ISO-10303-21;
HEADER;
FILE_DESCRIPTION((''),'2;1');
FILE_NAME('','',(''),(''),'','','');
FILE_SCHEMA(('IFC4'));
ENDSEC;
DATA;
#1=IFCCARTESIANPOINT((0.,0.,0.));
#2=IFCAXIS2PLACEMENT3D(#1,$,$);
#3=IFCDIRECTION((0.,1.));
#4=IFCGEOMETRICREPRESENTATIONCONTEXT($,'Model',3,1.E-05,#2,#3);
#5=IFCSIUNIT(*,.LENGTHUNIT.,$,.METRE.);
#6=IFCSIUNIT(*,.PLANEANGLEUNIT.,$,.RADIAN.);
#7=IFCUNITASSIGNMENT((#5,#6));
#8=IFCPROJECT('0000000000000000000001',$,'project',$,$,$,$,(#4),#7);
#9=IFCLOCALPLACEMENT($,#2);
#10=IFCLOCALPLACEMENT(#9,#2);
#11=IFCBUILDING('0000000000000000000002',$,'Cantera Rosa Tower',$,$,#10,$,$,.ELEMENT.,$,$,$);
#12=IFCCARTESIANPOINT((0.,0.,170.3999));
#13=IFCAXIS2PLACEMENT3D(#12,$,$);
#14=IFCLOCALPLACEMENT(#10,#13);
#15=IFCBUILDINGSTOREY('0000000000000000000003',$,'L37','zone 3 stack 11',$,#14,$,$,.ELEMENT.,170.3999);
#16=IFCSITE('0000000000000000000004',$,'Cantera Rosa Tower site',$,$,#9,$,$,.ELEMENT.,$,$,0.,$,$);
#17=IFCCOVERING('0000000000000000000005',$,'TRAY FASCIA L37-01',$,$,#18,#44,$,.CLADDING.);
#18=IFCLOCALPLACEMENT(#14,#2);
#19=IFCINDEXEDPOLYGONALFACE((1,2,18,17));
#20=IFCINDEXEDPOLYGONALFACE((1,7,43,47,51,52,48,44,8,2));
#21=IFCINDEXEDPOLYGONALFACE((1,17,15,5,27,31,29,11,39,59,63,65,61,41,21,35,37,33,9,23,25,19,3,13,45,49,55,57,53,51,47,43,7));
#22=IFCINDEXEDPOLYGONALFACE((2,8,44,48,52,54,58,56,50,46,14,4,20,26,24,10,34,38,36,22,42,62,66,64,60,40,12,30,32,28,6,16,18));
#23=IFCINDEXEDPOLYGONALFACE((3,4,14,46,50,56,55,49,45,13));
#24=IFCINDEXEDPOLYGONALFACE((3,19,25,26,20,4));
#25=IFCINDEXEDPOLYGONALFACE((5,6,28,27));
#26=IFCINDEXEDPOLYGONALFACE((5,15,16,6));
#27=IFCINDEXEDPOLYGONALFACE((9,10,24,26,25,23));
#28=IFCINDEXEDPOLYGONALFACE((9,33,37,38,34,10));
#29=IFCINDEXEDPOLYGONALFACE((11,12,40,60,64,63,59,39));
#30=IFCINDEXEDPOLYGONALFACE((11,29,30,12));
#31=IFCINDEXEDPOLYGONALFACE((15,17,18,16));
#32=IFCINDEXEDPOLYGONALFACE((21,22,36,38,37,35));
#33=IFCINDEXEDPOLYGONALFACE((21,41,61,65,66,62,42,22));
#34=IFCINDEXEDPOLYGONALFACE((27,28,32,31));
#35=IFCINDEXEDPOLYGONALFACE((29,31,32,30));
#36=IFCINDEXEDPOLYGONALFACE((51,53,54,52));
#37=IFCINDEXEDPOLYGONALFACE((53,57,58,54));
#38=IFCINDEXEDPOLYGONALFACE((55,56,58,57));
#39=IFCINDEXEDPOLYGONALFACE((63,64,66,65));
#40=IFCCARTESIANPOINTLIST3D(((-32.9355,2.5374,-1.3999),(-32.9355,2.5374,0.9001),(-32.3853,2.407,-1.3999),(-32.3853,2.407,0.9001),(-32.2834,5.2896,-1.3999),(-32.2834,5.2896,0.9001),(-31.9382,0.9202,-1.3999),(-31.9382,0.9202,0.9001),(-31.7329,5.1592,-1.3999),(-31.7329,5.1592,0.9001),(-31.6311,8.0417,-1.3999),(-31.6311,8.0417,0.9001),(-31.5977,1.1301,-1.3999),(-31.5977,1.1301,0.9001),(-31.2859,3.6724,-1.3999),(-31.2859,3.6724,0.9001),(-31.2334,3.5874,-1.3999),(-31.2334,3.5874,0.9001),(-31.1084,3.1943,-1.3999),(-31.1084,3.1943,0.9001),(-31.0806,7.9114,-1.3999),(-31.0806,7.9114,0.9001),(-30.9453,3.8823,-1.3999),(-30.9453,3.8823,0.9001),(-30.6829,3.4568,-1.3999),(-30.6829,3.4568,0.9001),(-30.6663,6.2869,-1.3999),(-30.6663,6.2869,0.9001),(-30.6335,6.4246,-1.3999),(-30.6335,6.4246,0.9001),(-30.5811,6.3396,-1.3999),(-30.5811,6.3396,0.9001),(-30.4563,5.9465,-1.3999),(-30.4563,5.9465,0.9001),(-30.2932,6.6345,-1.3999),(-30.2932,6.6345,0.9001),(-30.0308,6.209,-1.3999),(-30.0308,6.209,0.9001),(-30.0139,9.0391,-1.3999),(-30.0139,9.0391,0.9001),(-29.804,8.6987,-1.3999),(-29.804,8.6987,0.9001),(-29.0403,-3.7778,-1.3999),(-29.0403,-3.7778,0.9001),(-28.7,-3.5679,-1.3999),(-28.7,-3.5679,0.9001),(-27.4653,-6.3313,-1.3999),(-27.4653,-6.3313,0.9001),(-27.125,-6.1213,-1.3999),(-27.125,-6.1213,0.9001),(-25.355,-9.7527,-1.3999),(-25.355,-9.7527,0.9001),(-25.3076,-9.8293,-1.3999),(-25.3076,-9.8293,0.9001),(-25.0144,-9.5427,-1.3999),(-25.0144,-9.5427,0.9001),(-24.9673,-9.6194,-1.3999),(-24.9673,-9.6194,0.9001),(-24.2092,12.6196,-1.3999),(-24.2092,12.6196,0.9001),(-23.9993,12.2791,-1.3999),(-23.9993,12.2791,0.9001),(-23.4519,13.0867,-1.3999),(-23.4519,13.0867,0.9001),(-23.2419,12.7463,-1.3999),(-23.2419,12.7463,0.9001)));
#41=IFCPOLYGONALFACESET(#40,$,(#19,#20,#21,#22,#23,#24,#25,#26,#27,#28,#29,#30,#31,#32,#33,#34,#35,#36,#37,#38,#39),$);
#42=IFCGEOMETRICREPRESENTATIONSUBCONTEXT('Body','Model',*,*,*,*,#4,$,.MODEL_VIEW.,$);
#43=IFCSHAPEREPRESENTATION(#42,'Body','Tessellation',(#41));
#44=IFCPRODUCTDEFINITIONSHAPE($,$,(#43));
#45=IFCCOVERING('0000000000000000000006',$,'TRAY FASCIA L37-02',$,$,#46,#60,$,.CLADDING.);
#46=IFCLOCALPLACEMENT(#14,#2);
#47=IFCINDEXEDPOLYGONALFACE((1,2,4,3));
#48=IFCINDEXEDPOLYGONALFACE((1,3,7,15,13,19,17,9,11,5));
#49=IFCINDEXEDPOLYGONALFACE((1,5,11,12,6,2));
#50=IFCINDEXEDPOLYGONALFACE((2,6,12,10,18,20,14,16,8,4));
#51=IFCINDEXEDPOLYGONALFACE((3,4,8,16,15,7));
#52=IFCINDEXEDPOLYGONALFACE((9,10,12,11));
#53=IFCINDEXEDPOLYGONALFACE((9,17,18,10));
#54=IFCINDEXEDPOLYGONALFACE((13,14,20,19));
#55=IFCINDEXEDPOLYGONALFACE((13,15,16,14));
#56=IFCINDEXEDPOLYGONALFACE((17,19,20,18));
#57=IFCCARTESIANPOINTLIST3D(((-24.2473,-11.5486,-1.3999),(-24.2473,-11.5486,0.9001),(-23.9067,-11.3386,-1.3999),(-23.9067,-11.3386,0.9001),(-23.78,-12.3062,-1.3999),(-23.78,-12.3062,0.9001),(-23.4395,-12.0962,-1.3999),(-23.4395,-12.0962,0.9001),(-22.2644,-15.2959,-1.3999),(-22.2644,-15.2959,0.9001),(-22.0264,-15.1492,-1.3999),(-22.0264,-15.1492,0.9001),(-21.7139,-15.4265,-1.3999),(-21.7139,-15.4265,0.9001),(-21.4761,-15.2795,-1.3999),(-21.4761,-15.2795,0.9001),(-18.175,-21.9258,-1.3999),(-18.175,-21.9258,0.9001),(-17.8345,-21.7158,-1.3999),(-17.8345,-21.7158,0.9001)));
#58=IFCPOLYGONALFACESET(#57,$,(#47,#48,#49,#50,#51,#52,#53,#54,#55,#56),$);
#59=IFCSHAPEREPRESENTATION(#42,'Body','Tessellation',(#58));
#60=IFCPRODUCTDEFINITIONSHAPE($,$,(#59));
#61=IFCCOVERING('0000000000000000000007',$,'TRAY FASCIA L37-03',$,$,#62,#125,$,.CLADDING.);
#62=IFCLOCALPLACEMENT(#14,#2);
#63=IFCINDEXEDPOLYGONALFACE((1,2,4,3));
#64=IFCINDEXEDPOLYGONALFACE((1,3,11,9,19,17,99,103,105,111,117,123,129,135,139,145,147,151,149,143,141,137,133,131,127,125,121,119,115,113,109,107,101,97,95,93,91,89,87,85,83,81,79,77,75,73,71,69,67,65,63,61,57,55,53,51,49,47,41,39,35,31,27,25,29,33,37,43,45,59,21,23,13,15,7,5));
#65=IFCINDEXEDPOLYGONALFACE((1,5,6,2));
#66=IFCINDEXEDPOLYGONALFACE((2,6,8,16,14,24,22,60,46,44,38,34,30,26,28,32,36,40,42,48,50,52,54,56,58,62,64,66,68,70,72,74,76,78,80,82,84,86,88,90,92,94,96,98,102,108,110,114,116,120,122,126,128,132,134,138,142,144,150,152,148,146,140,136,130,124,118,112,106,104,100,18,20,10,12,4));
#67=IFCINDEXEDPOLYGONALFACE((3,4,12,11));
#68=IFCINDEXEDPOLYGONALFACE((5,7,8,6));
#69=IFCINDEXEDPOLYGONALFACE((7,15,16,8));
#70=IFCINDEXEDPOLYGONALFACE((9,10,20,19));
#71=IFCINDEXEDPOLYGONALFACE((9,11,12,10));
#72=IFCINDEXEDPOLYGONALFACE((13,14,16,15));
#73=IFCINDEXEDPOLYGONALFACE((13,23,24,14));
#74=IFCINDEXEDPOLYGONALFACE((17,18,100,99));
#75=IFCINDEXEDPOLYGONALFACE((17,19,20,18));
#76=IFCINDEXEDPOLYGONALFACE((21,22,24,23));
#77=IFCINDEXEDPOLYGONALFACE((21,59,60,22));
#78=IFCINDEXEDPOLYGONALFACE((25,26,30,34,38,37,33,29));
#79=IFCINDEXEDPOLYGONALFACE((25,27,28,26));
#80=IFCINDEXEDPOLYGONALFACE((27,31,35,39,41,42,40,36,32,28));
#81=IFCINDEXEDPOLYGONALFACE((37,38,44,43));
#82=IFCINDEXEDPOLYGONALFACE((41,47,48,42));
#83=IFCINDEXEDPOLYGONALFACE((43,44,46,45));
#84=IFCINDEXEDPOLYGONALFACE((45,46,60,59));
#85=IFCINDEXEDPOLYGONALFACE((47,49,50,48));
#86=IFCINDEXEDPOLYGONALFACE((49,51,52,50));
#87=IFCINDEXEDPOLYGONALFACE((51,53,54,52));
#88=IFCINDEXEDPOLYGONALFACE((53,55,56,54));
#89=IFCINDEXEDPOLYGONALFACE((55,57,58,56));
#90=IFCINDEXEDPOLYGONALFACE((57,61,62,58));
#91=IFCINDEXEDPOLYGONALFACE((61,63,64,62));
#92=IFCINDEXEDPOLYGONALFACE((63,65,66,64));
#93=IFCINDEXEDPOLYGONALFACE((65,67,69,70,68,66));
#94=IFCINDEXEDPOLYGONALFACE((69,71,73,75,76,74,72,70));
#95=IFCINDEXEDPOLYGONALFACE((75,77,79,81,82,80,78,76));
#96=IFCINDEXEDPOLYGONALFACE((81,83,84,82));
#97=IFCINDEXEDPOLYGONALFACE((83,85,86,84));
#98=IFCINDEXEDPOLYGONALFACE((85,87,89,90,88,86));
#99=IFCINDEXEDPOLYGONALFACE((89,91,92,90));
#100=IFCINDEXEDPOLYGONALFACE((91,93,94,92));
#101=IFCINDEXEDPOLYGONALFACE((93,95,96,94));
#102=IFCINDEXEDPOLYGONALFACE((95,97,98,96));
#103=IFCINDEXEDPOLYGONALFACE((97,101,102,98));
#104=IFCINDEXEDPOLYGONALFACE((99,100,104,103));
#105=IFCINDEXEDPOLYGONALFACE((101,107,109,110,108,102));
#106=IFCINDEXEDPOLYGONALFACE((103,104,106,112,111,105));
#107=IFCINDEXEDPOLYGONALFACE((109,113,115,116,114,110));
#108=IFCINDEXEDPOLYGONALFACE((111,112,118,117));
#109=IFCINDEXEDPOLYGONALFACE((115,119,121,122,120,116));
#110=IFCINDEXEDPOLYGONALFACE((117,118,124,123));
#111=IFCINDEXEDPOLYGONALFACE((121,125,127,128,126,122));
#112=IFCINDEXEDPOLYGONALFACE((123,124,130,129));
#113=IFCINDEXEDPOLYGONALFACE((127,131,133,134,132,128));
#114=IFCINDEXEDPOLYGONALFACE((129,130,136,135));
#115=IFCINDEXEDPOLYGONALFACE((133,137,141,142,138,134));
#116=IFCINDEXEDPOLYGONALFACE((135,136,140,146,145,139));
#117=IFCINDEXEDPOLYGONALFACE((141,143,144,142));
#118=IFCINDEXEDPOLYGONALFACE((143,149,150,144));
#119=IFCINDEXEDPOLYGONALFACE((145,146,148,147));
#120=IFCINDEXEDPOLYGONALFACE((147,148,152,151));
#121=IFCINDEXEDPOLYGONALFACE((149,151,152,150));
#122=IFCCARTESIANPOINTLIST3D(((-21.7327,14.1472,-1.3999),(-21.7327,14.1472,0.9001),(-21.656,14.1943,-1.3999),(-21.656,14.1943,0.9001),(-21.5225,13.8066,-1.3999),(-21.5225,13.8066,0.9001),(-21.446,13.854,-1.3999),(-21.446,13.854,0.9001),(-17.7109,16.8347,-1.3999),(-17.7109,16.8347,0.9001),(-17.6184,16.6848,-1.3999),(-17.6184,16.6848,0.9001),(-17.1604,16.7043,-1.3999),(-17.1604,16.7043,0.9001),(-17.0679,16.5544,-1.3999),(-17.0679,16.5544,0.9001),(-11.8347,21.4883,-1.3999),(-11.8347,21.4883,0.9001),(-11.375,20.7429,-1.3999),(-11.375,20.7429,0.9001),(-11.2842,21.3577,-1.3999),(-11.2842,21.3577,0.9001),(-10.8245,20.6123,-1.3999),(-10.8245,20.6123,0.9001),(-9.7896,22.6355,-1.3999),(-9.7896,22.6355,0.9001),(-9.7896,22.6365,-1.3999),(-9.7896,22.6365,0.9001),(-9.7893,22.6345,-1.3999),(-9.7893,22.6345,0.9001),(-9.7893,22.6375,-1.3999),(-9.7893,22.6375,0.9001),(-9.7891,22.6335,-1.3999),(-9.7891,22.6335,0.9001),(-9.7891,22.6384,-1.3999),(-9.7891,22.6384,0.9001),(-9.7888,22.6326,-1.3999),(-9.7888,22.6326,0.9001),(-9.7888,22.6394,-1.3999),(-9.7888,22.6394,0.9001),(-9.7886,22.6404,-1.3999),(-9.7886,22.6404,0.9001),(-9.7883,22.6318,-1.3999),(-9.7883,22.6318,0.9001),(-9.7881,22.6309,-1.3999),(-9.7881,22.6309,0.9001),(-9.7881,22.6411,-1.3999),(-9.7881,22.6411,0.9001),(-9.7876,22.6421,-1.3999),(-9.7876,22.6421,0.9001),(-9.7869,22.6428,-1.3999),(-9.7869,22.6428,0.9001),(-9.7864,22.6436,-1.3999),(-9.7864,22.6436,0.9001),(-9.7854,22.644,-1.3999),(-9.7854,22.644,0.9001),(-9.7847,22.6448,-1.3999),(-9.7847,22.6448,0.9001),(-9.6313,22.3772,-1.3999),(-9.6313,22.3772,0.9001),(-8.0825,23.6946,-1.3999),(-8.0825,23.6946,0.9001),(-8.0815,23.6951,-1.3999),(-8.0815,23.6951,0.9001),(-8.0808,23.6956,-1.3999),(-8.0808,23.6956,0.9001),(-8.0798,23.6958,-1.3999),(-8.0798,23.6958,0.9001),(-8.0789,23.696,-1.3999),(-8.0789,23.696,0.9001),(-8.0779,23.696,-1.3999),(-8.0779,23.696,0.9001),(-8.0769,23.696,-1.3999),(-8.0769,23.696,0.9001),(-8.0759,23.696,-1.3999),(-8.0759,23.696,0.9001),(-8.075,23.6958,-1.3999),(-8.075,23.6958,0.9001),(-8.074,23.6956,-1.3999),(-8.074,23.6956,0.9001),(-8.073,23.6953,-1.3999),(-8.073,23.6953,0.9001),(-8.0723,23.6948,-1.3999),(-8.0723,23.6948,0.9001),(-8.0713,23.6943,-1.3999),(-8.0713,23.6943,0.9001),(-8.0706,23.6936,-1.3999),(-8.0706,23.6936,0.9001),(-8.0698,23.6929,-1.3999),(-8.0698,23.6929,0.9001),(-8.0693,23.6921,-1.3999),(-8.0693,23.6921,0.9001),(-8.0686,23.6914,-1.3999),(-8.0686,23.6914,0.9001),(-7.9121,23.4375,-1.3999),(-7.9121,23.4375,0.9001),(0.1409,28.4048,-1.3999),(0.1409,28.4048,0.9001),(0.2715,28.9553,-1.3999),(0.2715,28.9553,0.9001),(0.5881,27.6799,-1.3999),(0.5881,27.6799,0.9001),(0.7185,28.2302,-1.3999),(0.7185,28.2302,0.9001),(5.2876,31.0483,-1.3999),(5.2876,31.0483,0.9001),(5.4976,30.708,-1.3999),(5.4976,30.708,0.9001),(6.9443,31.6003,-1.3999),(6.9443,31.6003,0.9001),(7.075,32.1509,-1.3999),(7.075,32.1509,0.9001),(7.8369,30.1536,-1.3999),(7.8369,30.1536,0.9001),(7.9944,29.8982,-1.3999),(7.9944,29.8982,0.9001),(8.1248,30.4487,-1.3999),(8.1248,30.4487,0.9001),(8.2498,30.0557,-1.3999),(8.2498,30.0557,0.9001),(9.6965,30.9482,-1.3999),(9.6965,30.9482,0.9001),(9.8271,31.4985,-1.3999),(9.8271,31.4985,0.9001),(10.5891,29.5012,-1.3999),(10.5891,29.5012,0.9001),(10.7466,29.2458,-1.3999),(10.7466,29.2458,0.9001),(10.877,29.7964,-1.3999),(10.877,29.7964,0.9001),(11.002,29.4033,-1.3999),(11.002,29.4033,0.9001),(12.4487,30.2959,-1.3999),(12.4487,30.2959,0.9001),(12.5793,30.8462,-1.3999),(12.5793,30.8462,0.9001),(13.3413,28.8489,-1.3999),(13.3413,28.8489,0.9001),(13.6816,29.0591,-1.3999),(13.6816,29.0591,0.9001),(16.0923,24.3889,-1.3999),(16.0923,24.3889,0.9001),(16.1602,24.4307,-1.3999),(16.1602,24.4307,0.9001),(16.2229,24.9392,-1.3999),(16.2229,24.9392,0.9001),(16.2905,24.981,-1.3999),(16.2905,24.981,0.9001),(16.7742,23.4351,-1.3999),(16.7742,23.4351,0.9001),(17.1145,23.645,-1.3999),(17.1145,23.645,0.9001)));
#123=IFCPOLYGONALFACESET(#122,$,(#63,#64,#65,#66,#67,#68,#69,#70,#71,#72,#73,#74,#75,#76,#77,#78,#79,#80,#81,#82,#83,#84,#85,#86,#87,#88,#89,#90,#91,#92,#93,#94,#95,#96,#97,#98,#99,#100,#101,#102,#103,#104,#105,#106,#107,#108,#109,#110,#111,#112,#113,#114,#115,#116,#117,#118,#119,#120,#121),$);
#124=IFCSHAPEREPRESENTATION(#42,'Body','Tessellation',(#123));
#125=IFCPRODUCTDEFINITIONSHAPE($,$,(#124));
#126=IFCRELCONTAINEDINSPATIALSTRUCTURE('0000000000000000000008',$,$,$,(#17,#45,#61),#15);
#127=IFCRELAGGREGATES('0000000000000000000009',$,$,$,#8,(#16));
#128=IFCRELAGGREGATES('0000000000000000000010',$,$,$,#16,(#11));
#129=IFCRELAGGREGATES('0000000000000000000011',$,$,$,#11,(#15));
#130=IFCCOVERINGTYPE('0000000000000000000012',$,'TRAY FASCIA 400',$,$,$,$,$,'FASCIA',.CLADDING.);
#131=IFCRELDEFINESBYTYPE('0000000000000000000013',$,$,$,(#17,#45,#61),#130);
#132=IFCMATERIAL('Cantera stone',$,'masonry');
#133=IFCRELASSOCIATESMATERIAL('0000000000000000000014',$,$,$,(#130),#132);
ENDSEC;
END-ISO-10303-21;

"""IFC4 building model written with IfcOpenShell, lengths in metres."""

from ifc_helpers import new_model, si_unit, direction, frame, origin, place, context, subcontext, project, spatial, polyline, outline, extrude, material, type_object, element, save


model = new_model("IFC4")

# Units and contexts
model_context = context("Model", 3, precision=1e-05, world=origin(), true_north=direction((0.0, 1.0)))
body_context = subcontext(model_context, "Body", "Model", "MODEL_VIEW")
ifc_project = project(units=[si_unit("LENGTHUNIT", "METRE"), si_unit("PLANEANGLEUNIT", "RADIAN")], contexts=[model_context])

# Site, building, storey
site_placement = place(None, origin())
site = spatial("IfcSite", under=ifc_project, at=site_placement, Name="Cantera Rosa Tower site", CompositionType="ELEMENT", RefElevation=0.0)
building_placement = place(site_placement, origin())
building = spatial("IfcBuilding", under=site, at=building_placement, Name="Cantera Rosa Tower", CompositionType="ELEMENT")
storey_placement = place(building_placement, frame((0.0, 0.0, 170.3999)))
storey = spatial("IfcBuildingStorey", under=building, at=storey_placement, Name="L37", Description="zone 3 stack 11", CompositionType="ELEMENT", Elevation=170.3999)

# Coverings
ifc_material_1 = material(Name="Cantera stone", Category="masonry")
covering_type = type_object("IfcCoveringType", Name="TRAY FASCIA 400", ElementType="FASCIA", PredefinedType="CLADDING", material=ifc_material_1)
covering_1_placement = place(storey_placement, frame((0.0, 0.0, -1.3999)))
element("IfcCovering", 1, at=covering_1_placement, inside=storey, type_object=covering_type, Name="TRAY FASCIA L37-01", PredefinedType="CLADDING", context=body_context, shape_type="SweptSolid", body=[
    extrude(outline(polyline([(-25.355, -9.7527), (-27.4653, -6.3313), (-29.0403, -3.7778), (-31.9382, 0.9202), (-32.9355, 2.5374), (-31.2334, 3.5874), (-31.2859, 3.6724), (-32.2834, 5.2896), (-30.6663, 6.2869), (-30.5811, 6.3396), (-30.6335, 6.4246), (-31.6311, 8.0417), (-30.0139, 9.0391), (-24.2092, 12.6196), (-23.4519, 13.0867), (-23.2419, 12.7463), (-23.9993, 12.2791), (-29.804, 8.6987), (-31.0806, 7.9114), (-30.2932, 6.6345), (-30.0308, 6.209), (-30.4563, 5.9465), (-31.7329, 5.1592), (-30.9453, 3.8823), (-30.6829, 3.4568), (-31.1084, 3.1943), (-32.3853, 2.407), (-31.5977, 1.1301), (-28.7, -3.5679), (-27.125, -6.1213), (-25.0144, -9.5427), (-24.9673, -9.6194), (-25.3076, -9.8293), (-25.355, -9.7527)])), origin(), (0.0, 0.0, 1.0), 2.3),
])
covering_2_placement = place(storey_placement, frame((0.0, 0.0, -1.3999)))
element("IfcCovering", 2, at=covering_2_placement, inside=storey, type_object=covering_type, Name="TRAY FASCIA L37-02", PredefinedType="CLADDING", context=body_context, shape_type="SweptSolid", body=[
    extrude(outline(polyline([(-24.2473, -11.5486), (-23.9067, -11.3386), (-23.4395, -12.0962), (-21.4761, -15.2795), (-21.7139, -15.4265), (-17.8345, -21.7158), (-18.175, -21.9258), (-22.2644, -15.2959), (-22.0264, -15.1492), (-23.78, -12.3062), (-24.2473, -11.5486)])), origin(), (0.0, 0.0, 1.0), 2.3),
])
covering_3_placement = place(storey_placement, frame((0.0, 0.0, -1.3999)))
element("IfcCovering", 3, at=covering_3_placement, inside=storey, type_object=covering_type, Name="TRAY FASCIA L37-03", PredefinedType="CLADDING", context=body_context, shape_type="SweptSolid", body=[
    extrude(outline(polyline([(-21.656, 14.1943), (-17.6184, 16.6848), (-17.7109, 16.8347), (-11.375, 20.7429), (-11.8347, 21.4883), (0.2715, 28.9553), (0.7185, 28.2302), (5.2876, 31.0483), (7.075, 32.1509), (8.1248, 30.4487), (9.8271, 31.4985), (10.877, 29.7964), (12.5793, 30.8462), (13.6816, 29.0591), (16.2229, 24.9392), (16.2905, 24.981), (17.1145, 23.645), (16.7742, 23.4351), (16.1602, 24.4307), (16.0923, 24.3889), (13.3413, 28.8489), (12.4487, 30.2959), (11.002, 29.4033), (10.7466, 29.2458), (10.5891, 29.5012), (9.6965, 30.9482), (8.2498, 30.0557), (7.9944, 29.8982), (7.8369, 30.1536), (6.9443, 31.6003), (5.4976, 30.708), (0.5881, 27.6799), (0.1409, 28.4048), (-7.9121, 23.4375), (-8.0686, 23.6914), (-8.0693, 23.6921), (-8.0698, 23.6929), (-8.0706, 23.6936), (-8.0713, 23.6943), (-8.0723, 23.6948), (-8.073, 23.6953), (-8.074, 23.6956), (-8.075, 23.6958), (-8.0759, 23.696), (-8.0769, 23.696), (-8.0779, 23.696), (-8.0789, 23.696), (-8.0798, 23.6958), (-8.0808, 23.6956), (-8.0815, 23.6951), (-8.0825, 23.6946), (-9.7847, 22.6448), (-9.7854, 22.644), (-9.7864, 22.6436), (-9.7869, 22.6428), (-9.7876, 22.6421), (-9.7881, 22.6411), (-9.7886, 22.6404), (-9.7888, 22.6394), (-9.7891, 22.6384), (-9.7893, 22.6375), (-9.7896, 22.6365), (-9.7896, 22.6355), (-9.7893, 22.6345), (-9.7891, 22.6335), (-9.7888, 22.6326), (-9.7883, 22.6318), (-9.7881, 22.6309), (-9.6313, 22.3772), (-11.2842, 21.3577), (-10.8245, 20.6123), (-17.1604, 16.7043), (-17.0679, 16.5544), (-21.446, 13.854), (-21.5225, 13.8066), (-21.7327, 14.1472), (-21.656, 14.1943)])), origin(), (0.0, 0.0, 1.0), 2.3),
])

save(model, "model.ifc")
